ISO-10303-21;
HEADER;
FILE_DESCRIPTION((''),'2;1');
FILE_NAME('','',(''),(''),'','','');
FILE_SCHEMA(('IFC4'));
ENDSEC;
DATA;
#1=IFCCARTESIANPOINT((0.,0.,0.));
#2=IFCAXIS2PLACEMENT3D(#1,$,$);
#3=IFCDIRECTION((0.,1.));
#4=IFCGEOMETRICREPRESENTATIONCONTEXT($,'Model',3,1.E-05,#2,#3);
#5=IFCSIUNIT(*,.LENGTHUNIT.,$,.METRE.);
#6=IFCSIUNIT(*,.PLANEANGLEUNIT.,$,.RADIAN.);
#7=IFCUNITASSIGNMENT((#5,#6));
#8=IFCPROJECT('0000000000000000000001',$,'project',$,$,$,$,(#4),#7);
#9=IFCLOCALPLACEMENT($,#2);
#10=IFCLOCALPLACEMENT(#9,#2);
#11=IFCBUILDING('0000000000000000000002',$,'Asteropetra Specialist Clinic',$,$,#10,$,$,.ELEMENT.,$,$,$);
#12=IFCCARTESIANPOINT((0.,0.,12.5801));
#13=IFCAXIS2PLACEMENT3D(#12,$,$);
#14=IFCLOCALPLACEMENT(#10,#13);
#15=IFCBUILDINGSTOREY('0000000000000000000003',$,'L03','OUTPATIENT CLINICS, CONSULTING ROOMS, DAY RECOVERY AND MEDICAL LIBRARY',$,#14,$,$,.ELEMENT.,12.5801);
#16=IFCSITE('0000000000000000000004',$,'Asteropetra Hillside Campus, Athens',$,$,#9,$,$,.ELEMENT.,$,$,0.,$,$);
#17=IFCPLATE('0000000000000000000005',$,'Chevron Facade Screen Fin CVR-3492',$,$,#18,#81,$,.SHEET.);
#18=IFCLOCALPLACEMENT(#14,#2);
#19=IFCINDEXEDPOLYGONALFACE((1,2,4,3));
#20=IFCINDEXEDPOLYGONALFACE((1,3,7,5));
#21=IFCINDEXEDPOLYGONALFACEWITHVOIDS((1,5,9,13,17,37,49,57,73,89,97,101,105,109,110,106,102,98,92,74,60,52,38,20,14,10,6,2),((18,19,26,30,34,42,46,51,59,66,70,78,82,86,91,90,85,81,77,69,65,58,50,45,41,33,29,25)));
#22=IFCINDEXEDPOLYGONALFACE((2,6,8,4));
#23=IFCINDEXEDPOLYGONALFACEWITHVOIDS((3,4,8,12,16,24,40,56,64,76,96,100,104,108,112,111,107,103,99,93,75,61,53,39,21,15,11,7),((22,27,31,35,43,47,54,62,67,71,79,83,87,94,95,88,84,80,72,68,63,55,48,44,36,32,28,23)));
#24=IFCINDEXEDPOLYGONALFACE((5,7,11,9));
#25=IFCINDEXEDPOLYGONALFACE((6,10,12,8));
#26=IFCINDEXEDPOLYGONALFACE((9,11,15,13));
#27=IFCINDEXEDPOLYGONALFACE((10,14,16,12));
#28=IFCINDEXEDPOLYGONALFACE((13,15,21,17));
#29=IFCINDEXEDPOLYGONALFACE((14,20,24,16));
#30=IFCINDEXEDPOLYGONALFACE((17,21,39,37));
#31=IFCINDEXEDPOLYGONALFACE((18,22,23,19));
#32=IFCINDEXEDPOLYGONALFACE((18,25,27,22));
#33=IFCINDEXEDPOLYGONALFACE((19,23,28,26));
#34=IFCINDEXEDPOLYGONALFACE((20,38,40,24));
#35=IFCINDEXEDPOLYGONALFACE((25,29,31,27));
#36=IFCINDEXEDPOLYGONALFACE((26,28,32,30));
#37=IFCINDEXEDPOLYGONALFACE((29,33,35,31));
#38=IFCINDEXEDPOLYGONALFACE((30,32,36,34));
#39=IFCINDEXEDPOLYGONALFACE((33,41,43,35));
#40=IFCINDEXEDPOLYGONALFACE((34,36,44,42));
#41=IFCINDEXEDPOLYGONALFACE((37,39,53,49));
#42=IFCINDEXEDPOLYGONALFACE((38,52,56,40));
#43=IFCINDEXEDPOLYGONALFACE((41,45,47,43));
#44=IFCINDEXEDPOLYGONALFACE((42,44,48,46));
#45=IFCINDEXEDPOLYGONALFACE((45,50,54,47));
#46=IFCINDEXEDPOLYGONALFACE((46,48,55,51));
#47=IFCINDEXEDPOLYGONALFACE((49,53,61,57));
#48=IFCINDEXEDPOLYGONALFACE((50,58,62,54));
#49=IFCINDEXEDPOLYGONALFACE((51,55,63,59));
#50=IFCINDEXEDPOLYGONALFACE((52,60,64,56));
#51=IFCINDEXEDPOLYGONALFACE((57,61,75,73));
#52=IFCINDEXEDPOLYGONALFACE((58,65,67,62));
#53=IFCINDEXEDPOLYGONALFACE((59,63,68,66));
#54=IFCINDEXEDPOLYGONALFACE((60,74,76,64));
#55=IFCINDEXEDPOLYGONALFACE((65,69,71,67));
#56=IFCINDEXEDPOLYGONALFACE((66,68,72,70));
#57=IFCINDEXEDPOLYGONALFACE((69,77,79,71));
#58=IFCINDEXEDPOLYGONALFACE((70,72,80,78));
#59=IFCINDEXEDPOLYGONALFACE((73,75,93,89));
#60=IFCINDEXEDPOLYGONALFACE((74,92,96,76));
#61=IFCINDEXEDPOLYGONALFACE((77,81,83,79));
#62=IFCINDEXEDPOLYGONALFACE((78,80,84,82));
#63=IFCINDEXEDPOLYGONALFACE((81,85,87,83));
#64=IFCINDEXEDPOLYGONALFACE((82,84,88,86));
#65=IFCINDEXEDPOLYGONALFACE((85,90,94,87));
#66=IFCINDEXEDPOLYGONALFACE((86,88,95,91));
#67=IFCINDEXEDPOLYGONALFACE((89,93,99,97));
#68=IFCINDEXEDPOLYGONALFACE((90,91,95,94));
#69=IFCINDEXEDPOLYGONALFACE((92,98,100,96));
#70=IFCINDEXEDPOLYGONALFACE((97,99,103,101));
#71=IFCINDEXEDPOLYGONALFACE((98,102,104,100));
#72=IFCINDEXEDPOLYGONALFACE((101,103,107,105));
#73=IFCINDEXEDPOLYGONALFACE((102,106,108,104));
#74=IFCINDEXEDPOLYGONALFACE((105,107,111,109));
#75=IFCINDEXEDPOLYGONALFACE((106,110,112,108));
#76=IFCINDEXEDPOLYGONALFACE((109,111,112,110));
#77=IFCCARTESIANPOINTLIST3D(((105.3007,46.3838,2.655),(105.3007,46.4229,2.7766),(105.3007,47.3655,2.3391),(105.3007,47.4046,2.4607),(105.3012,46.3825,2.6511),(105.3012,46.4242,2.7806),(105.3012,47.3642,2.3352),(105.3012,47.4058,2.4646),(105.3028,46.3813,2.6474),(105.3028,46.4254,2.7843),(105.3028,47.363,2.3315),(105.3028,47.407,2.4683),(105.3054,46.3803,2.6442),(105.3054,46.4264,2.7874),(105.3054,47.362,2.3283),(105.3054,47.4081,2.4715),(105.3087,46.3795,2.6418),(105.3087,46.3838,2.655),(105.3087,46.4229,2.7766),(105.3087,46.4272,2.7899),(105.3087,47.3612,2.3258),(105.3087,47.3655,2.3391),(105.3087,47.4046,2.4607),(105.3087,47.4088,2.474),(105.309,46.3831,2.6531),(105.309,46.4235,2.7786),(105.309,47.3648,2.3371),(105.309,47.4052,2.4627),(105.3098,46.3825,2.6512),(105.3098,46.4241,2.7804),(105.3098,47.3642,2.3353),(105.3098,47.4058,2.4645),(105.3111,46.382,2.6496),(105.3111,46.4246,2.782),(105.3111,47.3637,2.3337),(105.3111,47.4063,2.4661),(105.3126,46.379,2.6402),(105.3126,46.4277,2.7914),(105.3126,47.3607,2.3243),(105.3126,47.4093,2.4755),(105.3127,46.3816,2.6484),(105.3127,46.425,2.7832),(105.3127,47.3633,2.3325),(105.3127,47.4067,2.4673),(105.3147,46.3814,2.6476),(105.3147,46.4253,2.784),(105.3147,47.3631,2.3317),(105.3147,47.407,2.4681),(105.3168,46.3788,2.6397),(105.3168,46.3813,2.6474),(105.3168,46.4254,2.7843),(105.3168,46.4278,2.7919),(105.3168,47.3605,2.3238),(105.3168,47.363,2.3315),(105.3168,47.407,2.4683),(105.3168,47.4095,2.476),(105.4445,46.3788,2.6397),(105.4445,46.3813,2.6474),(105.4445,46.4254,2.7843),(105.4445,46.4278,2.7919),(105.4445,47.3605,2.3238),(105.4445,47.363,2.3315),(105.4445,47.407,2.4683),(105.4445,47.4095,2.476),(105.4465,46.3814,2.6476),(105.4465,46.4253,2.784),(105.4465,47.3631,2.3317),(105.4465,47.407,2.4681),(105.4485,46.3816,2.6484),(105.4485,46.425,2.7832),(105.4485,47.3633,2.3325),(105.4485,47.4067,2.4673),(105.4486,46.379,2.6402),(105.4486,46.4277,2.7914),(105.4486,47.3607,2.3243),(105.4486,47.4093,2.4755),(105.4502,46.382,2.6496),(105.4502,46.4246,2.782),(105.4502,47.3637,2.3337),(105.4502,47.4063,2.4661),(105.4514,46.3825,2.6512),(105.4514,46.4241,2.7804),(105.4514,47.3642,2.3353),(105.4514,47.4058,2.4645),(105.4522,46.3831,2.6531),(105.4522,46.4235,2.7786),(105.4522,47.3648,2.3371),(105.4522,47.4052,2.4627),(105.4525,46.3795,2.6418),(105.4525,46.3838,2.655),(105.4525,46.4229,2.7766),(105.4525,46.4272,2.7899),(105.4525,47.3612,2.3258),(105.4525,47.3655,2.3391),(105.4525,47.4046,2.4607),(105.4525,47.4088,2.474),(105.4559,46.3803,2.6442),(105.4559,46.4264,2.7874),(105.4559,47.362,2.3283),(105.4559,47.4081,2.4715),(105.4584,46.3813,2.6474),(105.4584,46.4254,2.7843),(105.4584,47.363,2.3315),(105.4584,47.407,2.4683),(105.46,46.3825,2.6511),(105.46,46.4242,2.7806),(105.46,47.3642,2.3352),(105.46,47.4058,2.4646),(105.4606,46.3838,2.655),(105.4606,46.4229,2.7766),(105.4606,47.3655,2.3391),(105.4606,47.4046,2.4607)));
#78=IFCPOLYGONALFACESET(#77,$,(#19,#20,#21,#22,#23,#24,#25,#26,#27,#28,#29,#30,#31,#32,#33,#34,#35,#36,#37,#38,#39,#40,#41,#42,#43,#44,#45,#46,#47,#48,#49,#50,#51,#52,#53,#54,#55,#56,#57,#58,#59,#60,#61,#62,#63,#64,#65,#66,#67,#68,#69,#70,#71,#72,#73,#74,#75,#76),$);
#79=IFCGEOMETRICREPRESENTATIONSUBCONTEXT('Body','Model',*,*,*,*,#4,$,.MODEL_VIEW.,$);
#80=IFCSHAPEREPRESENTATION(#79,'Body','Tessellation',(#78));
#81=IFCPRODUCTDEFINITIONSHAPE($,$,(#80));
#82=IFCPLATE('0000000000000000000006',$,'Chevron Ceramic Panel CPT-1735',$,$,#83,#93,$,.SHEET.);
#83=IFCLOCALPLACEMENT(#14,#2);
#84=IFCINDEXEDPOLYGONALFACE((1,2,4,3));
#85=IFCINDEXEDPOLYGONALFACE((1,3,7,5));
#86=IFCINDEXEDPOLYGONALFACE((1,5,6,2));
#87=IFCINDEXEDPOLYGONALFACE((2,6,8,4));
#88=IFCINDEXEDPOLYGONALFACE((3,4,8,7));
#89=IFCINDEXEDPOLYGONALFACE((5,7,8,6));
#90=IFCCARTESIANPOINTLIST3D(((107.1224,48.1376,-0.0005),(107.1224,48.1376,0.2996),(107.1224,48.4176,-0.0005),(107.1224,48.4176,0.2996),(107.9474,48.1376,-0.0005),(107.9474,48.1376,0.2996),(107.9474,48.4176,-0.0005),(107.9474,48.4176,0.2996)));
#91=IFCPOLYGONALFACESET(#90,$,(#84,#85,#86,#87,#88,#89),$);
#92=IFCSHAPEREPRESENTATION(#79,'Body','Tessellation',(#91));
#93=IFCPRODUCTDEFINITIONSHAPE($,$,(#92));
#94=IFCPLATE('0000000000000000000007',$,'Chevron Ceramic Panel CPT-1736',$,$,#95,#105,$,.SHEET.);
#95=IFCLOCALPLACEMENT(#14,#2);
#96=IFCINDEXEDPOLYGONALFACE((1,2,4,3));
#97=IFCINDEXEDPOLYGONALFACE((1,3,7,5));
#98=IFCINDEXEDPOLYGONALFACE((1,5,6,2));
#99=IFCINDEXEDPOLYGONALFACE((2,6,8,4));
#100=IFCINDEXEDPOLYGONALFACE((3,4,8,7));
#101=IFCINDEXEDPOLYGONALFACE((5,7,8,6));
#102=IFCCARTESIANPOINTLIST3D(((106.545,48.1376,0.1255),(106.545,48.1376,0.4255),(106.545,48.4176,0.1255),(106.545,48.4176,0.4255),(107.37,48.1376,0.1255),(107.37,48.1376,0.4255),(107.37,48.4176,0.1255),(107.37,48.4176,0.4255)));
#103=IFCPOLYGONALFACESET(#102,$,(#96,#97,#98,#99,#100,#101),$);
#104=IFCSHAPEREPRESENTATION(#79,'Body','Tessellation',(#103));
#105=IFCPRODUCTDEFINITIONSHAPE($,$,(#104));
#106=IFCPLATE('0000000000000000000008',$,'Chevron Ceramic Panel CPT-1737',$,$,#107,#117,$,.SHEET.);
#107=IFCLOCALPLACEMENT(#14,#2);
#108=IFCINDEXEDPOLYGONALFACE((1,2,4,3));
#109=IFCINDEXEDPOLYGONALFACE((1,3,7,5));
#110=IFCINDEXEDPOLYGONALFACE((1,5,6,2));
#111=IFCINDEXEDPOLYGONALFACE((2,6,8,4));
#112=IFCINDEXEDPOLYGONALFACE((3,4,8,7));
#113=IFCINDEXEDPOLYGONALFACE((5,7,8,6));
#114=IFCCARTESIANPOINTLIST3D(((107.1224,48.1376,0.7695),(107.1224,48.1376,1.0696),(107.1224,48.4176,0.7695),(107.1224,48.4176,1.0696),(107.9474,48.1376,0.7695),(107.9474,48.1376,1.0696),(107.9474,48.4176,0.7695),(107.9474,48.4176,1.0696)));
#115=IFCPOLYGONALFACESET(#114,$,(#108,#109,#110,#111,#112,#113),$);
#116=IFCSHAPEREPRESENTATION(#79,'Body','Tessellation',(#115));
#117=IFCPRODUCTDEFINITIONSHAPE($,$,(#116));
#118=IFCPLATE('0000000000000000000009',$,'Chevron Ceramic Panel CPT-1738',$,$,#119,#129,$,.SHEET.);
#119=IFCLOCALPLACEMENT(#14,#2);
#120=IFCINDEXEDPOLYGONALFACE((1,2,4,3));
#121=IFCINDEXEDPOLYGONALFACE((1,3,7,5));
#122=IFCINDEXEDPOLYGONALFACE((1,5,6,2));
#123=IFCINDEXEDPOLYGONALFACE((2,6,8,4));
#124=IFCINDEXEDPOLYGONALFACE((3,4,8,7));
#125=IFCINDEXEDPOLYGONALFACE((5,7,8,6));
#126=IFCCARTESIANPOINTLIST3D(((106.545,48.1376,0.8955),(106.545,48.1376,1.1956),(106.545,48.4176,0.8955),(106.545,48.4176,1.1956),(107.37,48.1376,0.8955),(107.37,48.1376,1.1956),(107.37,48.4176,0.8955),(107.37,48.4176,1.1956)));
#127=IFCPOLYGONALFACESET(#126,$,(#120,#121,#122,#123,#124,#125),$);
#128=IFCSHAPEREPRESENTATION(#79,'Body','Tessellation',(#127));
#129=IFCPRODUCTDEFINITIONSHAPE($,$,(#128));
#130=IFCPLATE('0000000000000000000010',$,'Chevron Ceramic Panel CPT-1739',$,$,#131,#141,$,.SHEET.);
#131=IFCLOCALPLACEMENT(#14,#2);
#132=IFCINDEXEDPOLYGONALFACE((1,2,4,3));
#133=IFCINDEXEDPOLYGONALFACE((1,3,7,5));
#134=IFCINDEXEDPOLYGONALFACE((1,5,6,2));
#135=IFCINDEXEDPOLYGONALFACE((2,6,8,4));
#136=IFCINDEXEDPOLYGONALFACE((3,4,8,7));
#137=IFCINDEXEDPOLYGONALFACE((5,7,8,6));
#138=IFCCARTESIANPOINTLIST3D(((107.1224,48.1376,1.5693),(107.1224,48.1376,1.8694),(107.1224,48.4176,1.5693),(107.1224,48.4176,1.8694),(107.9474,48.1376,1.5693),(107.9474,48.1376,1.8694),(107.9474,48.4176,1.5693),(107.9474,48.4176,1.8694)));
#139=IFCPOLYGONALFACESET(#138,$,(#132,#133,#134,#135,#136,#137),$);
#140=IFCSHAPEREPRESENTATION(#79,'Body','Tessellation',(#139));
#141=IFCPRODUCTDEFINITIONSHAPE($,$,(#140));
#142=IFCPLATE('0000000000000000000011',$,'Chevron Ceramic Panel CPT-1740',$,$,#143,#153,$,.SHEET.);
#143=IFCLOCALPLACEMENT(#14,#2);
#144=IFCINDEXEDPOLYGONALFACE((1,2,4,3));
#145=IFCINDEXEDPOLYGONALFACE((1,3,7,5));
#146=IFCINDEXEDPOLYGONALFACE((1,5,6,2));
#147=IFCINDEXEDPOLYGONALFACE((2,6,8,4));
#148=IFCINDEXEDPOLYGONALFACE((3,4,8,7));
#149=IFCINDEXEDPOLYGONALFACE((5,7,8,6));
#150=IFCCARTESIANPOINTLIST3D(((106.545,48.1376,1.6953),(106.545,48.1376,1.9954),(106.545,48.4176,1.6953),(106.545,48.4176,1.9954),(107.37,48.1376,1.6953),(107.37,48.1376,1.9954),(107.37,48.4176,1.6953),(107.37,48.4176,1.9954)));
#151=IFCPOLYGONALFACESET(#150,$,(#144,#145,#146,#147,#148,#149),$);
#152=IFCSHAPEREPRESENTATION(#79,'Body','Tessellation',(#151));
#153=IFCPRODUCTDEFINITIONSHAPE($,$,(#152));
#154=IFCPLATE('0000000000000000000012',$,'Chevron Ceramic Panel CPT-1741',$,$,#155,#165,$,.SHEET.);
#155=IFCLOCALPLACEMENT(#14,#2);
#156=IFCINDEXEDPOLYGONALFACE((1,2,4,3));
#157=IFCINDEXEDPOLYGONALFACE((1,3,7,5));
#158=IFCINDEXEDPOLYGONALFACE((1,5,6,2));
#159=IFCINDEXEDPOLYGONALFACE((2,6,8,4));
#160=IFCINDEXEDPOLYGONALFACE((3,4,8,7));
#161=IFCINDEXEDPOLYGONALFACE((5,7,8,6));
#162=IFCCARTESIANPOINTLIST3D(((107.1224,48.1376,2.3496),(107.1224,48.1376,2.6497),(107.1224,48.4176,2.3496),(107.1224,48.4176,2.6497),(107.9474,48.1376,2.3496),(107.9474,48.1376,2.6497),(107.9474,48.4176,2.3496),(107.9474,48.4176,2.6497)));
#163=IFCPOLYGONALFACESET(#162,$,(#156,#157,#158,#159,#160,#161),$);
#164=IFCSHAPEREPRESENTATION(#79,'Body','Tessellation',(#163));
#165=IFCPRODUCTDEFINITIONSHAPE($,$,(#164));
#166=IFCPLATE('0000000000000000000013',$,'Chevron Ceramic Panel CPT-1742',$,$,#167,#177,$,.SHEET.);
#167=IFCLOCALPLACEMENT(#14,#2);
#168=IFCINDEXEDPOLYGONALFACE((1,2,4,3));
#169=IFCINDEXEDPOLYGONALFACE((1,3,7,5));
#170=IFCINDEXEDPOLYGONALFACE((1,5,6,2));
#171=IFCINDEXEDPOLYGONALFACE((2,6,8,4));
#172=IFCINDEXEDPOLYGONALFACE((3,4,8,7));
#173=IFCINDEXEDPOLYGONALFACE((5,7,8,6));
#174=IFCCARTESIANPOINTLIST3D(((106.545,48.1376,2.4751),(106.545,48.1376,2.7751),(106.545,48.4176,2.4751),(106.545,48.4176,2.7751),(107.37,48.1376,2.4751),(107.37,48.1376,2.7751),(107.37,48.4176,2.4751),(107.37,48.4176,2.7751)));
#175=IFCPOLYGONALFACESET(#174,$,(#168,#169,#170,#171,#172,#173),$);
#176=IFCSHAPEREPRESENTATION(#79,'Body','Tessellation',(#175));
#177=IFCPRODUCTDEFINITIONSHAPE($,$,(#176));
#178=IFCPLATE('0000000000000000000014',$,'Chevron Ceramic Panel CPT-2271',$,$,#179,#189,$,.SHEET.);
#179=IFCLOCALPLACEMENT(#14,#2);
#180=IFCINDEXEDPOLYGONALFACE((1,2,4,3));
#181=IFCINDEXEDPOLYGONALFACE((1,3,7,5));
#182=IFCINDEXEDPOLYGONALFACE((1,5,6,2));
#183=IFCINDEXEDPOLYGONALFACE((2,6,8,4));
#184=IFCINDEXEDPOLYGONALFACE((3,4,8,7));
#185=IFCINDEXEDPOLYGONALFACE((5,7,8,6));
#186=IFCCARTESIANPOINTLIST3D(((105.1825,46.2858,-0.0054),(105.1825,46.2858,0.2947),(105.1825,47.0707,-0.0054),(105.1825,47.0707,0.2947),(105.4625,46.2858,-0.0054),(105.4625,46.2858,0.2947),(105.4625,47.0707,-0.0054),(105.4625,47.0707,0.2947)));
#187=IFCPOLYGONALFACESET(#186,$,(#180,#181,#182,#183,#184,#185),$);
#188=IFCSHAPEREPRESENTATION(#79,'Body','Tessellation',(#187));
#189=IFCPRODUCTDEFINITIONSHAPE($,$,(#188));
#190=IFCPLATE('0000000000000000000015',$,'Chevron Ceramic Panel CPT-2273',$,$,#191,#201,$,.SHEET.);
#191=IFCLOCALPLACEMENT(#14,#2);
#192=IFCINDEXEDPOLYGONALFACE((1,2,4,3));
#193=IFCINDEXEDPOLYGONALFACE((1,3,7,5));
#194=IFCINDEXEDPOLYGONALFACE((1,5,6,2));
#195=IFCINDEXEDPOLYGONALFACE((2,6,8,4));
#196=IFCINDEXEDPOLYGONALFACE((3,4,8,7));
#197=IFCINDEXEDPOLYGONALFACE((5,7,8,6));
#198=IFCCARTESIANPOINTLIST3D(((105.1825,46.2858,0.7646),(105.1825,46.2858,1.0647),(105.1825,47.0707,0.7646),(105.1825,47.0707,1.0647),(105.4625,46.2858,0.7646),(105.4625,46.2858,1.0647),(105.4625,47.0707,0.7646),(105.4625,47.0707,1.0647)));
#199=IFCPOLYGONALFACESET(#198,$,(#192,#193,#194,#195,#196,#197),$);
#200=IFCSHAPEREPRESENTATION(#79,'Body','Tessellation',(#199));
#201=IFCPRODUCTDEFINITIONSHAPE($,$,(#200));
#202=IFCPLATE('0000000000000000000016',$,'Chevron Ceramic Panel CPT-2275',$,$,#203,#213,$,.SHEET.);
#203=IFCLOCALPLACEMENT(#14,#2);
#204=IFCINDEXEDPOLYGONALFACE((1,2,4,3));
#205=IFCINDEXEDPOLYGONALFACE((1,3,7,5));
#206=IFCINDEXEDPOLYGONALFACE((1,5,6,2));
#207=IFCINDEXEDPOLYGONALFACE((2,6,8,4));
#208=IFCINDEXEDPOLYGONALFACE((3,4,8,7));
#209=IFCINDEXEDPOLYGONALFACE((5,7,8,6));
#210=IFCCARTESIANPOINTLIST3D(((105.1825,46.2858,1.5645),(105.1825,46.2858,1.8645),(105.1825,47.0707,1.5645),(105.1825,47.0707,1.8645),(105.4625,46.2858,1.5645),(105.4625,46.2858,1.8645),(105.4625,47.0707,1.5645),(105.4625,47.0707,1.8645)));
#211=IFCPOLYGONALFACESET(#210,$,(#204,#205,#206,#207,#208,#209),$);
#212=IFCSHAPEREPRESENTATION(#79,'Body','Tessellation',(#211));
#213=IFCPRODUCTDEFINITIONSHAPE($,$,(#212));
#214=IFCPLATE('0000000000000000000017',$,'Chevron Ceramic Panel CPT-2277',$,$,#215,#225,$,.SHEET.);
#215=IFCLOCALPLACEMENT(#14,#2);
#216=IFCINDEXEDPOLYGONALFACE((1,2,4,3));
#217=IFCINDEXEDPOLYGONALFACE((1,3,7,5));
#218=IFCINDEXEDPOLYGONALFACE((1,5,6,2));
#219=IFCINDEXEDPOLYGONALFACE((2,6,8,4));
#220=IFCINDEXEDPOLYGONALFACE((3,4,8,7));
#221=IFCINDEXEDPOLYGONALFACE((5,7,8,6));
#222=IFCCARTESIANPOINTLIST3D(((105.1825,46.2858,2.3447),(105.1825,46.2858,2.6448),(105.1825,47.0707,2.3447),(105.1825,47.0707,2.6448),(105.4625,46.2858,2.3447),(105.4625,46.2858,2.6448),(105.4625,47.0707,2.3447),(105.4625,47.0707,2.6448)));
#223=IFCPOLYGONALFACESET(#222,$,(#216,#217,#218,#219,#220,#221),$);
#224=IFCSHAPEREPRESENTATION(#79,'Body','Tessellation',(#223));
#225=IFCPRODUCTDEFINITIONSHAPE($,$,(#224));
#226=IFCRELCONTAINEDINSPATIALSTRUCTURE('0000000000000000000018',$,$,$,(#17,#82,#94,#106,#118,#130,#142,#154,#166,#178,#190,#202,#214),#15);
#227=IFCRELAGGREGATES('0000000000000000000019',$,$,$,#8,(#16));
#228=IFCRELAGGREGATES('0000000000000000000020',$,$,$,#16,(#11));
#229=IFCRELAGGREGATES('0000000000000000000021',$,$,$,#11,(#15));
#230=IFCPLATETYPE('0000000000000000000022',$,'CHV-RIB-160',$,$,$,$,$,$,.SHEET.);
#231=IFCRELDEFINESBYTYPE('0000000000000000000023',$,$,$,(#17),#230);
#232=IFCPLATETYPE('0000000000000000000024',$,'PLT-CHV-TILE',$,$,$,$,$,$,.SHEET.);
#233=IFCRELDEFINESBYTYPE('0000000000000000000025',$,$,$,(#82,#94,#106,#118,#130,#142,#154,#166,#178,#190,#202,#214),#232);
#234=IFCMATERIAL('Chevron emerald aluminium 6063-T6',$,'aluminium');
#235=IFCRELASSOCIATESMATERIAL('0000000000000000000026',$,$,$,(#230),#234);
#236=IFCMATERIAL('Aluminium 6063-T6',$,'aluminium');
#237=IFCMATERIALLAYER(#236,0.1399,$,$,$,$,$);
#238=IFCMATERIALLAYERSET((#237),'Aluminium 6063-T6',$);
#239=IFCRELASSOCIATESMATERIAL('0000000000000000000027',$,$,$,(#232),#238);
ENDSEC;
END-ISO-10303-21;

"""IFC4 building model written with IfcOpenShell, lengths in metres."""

from ifc_helpers import new_model, si_unit, direction, frame, origin, origin_2d, place, context, subcontext, project, spatial, rectangle, hollow_rectangle, extrude, material, layer, layer_set, material_profile, profile_set, type_object, element, save


model = new_model("IFC4")

# Units and contexts
model_context = context("Model", 3, precision=1e-05, world=origin(), true_north=direction((0.0, 1.0)))
body_context = subcontext(model_context, "Body", "Model", "MODEL_VIEW")
ifc_project = project(units=[si_unit("LENGTHUNIT", "METRE"), si_unit("PLANEANGLEUNIT", "RADIAN")], contexts=[model_context])

# Site, building, storey
site_placement = place(None, origin())
site = spatial("IfcSite", under=ifc_project, at=site_placement, Name="Asteropetra Hillside Campus, Athens", CompositionType="ELEMENT", RefElevation=0.0)
building_placement = place(site_placement, origin())
building = spatial("IfcBuilding", under=site, at=building_placement, Name="Asteropetra Specialist Clinic", CompositionType="ELEMENT")
storey_placement = place(building_placement, frame((0.0, 0.0, 12.5801)))
storey = spatial("IfcBuildingStorey", under=building, at=storey_placement, Name="L03", Description="OUTPATIENT CLINICS, CONSULTING ROOMS, DAY RECOVERY AND MEDICAL LIBRARY", CompositionType="ELEMENT", Elevation=12.5801)

# Plates
ifc_material_1 = material(Name="Chevron emerald aluminium 6063-T6", Category="aluminium")
ifc_material_profile_1 = material_profile(ifc_material_1, hollow_rectangle(XDim=0.1599, YDim=0.1599, WallThickness=0.0081, InnerFilletRadius=0.0081, OuterFilletRadius=0.0161, at=origin_2d()), Name="SHS 160x160x8.0")
ifc_profile_set_1 = profile_set([ifc_material_profile_1], Name="Chevron emerald aluminium 6063-T6")
plate_type_1 = type_object("IfcPlateType", Name="CHV-RIB-160", PredefinedType="SHEET", material=ifc_profile_set_1)
for number, where, z_axis, x_axis, name in (
    (1, (105.3806, 47.385, 2.3999), (0.0, -0.951923, 0.306339), (1.0, 0.0, 0.0), "Chevron Facade Screen Fin CVR-3492"),
):
    element("IfcPlate", number, at=place(storey_placement, frame(where, z_axis=z_axis, x_axis=x_axis)), inside=storey, type_object=plate_type_1, Name=name, PredefinedType="SHEET", context=body_context, shape_type="SweptSolid", body=[
        extrude(hollow_rectangle(XDim=0.1599, YDim=0.1599, WallThickness=0.0081, InnerFilletRadius=0.0081, OuterFilletRadius=0.0161, at=origin_2d()), origin(), (0.0, 0.0, 1.0), 1.0312),
    ])
ifc_material_2 = material(Name="Aluminium 6063-T6", Category="aluminium")
ifc_layer_1 = layer(ifc_material_2, 0.1399)
ifc_layer_set_1 = layer_set([ifc_layer_1], Name="Aluminium 6063-T6")
plate_type_2 = type_object("IfcPlateType", Name="PLT-CHV-TILE", PredefinedType="SHEET", material=ifc_layer_set_1)
for number, where, z_axis, x_axis, name in (
    (2, (107.5349, 48.2776, -0.0005), (0.0, 0.0, 1.0), (1.0, 0.0, 0.0), "Chevron Ceramic Panel CPT-1735"),
    (3, (106.9575, 48.2776, 0.1255), (0.0, 0.0, 1.0), (1.0, 0.0, 0.0), "Chevron Ceramic Panel CPT-1736"),
    (4, (107.5349, 48.2776, 0.7695), (0.0, 0.0, 1.0), (1.0, 0.0, 0.0), "Chevron Ceramic Panel CPT-1737"),
    (5, (106.9575, 48.2776, 0.8955), (0.0, 0.0, 1.0), (1.0, 0.0, 0.0), "Chevron Ceramic Panel CPT-1738"),
    (6, (107.5349, 48.2776, 1.5693), (0.0, 0.0, 1.0), (1.0, 0.0, 0.0), "Chevron Ceramic Panel CPT-1739"),
    (7, (106.9575, 48.2776, 1.6953), (0.0, 0.0, 1.0), (1.0, 0.0, 0.0), "Chevron Ceramic Panel CPT-1740"),
    (8, (107.5349, 48.2776, 2.3496), (0.0, 0.0, 1.0), (1.0, 0.0, 0.0), "Chevron Ceramic Panel CPT-1741"),
    (9, (106.9575, 48.2776, 2.4751), (0.0, 0.0, 1.0), (1.0, 0.0, 0.0), "Chevron Ceramic Panel CPT-1742"),
):
    element("IfcPlate", number, at=place(storey_placement, frame(where, z_axis=z_axis, x_axis=x_axis)), inside=storey, type_object=plate_type_2, Name=name, PredefinedType="SHEET", context=body_context, shape_type="SweptSolid", body=[
        extrude(rectangle(XDim=0.825, YDim=0.28, at=origin_2d()), origin(), (0.0, 0.0, 1.0), 0.3),
    ])
for number, where, z_axis, x_axis, name in (
    (10, (105.3225, 46.6782, -0.0054), (0.0, 0.0, 1.0), (1.0, 0.0, 0.0), "Chevron Ceramic Panel CPT-2271"),
    (11, (105.3225, 46.6782, 0.7646), (0.0, 0.0, 1.0), (1.0, 0.0, 0.0), "Chevron Ceramic Panel CPT-2273"),
    (12, (105.3225, 46.6782, 1.5645), (0.0, 0.0, 1.0), (1.0, 0.0, 0.0), "Chevron Ceramic Panel CPT-2275"),
    (13, (105.3225, 46.6782, 2.3447), (0.0, 0.0, 1.0), (1.0, 0.0, 0.0), "Chevron Ceramic Panel CPT-2277"),
):
    element("IfcPlate", number, at=place(storey_placement, frame(where, z_axis=z_axis, x_axis=x_axis)), inside=storey, type_object=plate_type_2, Name=name, PredefinedType="SHEET", context=body_context, shape_type="SweptSolid", body=[
        extrude(rectangle(XDim=0.28, YDim=0.7849, at=origin_2d()), origin(), (0.0, 0.0, 1.0), 0.3),
    ])

save(model, "model.ifc")
